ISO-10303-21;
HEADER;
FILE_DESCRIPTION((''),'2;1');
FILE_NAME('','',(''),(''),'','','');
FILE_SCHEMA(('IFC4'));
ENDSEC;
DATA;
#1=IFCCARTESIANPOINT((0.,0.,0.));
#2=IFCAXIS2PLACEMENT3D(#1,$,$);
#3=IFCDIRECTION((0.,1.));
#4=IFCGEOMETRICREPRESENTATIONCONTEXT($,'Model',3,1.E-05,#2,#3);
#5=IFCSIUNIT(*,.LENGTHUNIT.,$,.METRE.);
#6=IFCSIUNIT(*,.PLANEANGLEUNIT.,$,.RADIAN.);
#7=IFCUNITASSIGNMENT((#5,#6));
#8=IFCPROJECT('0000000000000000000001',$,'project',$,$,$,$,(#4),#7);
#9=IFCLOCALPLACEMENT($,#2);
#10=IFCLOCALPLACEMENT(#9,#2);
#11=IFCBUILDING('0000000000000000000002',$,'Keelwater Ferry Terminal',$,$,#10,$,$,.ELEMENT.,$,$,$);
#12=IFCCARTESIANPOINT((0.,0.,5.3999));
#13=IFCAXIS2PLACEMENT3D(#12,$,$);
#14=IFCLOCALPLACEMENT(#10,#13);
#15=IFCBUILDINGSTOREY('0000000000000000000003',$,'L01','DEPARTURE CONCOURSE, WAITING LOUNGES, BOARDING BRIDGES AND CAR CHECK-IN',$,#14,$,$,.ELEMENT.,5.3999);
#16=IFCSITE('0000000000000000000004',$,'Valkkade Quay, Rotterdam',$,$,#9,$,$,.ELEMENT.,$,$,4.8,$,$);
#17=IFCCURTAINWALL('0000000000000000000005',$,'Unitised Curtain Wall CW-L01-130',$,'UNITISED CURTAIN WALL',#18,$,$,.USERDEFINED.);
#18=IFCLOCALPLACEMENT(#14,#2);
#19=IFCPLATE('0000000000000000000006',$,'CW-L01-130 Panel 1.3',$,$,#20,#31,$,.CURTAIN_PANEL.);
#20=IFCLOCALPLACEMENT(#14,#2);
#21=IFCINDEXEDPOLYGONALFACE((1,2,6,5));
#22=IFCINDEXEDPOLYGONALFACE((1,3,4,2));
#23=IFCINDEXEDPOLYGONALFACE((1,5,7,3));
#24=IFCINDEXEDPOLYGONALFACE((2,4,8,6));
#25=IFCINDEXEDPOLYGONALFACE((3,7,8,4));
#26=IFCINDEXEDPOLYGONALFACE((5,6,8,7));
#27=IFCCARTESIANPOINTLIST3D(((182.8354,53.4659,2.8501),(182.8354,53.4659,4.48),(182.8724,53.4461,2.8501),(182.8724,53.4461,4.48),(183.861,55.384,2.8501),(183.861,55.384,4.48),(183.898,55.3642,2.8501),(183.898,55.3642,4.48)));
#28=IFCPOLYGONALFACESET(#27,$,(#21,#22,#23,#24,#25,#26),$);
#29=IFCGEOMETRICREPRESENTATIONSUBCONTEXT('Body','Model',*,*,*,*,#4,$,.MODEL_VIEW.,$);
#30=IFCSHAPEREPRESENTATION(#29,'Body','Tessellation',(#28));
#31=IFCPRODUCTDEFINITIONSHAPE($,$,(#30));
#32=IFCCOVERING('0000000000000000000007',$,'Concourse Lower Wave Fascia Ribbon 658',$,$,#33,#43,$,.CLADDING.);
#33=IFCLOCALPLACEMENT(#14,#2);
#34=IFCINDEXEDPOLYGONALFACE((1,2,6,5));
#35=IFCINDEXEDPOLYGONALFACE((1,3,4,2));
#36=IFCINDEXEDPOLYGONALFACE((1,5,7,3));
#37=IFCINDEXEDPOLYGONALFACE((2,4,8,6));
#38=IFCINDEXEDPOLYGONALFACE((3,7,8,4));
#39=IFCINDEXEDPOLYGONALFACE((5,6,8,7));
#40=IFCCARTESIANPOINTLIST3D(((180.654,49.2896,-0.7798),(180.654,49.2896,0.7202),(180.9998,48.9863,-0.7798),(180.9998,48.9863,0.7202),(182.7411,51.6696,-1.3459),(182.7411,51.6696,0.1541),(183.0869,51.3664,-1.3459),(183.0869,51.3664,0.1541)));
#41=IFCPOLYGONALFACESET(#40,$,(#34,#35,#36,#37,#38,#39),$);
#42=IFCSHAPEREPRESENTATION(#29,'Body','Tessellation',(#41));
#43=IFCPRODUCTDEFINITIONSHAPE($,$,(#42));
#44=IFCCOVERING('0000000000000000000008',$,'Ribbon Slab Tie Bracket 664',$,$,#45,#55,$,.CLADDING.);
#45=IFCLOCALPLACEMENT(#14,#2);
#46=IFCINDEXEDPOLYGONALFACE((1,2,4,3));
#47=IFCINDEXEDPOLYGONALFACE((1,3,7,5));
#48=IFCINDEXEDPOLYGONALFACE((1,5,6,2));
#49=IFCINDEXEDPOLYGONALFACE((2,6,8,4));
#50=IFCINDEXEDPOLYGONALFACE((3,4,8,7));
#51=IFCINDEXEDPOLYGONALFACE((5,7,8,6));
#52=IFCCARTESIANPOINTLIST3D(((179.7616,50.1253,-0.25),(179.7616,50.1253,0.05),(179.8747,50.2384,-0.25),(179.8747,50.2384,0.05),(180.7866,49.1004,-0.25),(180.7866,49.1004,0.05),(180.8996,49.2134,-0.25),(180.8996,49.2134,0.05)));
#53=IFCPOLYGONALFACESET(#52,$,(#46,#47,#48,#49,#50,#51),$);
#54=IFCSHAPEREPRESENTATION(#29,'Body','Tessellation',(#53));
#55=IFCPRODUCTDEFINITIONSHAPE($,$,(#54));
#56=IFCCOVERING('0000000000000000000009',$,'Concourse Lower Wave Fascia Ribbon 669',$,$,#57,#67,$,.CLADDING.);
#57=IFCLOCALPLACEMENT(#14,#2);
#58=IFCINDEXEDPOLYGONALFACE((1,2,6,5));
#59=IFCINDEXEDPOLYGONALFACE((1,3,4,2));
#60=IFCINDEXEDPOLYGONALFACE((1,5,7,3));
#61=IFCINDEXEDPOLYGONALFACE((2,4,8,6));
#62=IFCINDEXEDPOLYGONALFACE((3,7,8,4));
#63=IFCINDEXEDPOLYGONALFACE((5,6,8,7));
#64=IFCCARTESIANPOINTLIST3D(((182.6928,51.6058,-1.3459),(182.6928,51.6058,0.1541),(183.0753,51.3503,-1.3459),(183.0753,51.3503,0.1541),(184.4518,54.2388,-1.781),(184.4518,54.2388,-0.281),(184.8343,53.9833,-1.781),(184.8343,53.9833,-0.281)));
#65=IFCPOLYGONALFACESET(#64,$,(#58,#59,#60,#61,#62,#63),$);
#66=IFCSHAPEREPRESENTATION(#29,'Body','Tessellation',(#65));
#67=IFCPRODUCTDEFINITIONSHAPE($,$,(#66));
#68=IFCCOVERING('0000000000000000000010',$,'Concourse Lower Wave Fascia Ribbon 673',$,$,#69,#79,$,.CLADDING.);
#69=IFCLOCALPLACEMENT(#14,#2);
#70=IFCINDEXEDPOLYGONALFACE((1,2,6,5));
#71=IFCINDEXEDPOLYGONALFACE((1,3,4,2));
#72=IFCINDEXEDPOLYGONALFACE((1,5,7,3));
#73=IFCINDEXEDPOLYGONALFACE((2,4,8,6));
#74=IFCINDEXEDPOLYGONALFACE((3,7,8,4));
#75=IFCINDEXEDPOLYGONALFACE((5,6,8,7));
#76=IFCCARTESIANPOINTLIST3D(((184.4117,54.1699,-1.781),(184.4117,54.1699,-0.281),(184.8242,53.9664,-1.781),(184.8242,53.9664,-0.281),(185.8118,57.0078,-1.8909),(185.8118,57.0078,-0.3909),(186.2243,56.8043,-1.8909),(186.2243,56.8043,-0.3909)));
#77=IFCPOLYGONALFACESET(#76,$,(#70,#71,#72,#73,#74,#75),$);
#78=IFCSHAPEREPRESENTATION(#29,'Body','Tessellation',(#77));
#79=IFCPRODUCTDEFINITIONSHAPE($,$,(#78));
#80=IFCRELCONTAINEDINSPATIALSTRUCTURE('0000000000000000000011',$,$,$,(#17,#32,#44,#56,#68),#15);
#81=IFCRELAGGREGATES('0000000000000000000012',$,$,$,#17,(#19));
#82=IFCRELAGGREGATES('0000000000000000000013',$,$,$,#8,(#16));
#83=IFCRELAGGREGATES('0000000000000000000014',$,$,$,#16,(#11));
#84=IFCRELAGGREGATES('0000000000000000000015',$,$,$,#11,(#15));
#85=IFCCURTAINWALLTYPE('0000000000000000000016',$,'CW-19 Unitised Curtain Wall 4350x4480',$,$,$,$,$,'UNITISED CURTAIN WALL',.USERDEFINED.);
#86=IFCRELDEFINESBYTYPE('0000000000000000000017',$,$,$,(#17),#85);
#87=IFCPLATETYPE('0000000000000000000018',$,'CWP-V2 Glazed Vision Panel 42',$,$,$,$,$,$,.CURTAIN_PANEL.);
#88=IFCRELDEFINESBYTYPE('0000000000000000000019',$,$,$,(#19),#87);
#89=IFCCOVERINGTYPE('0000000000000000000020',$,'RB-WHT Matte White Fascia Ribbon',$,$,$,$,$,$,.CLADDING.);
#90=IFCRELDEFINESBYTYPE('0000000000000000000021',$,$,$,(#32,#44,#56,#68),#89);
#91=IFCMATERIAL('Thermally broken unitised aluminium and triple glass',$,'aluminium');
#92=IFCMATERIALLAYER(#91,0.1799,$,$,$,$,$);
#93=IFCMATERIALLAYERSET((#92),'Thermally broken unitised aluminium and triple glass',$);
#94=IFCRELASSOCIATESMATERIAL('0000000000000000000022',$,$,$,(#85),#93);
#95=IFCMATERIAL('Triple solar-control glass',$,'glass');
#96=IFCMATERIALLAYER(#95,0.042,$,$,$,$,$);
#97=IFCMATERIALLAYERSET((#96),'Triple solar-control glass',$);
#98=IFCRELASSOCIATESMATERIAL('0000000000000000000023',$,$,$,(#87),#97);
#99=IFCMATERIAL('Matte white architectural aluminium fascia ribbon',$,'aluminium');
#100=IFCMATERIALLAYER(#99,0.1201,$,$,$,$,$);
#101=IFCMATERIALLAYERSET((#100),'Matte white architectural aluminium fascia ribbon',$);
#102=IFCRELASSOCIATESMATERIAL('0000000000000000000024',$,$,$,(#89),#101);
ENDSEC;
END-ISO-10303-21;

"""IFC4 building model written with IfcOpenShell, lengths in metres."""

from ifc_helpers import new_model, si_unit, direction, frame, frame_2d, origin, origin_2d, place, context, subcontext, project, spatial, polyline, rectangle, outline, extrude, material, layer, layer_set, type_object, element, aggregate, save


model = new_model("IFC4")

# Units and contexts
model_context = context("Model", 3, precision=1e-05, world=origin(), true_north=direction((0.0, 1.0)))
body_context = subcontext(model_context, "Body", "Model", "MODEL_VIEW")
ifc_project = project(units=[si_unit("LENGTHUNIT", "METRE"), si_unit("PLANEANGLEUNIT", "RADIAN")], contexts=[model_context])

# Site, building, storey
site_placement = place(None, origin())
site = spatial("IfcSite", under=ifc_project, at=site_placement, Name="Valkkade Quay, Rotterdam", CompositionType="ELEMENT", RefElevation=4.8)
building_placement = place(site_placement, origin())
building = spatial("IfcBuilding", under=site, at=building_placement, Name="Keelwater Ferry Terminal", CompositionType="ELEMENT")
storey_placement = place(building_placement, frame((0.0, 0.0, 5.3999)))
storey = spatial("IfcBuildingStorey", under=building, at=storey_placement, Name="L01", Description="DEPARTURE CONCOURSE, WAITING LOUNGES, BOARDING BRIDGES AND CAR CHECK-IN", CompositionType="ELEMENT", Elevation=5.3999)

# Shared definitions
ifc_material_1 = material(Name="Thermally broken unitised aluminium and triple glass", Category="aluminium")
ifc_layer_1 = layer(ifc_material_1, 0.1799)
ifc_layer_set_1 = layer_set([ifc_layer_1], Name="Thermally broken unitised aluminium and triple glass")
curtain_wall_type = type_object("IfcCurtainWallType", Name="CW-19 Unitised Curtain Wall 4350x4480", ElementType="UNITISED CURTAIN WALL", PredefinedType="USERDEFINED", material=ifc_layer_set_1)

# Curtain wall
curtain_wall_1_placement = place(storey_placement, origin())
curtain_wall_1 = element("IfcCurtainWall", 1, at=curtain_wall_1_placement, inside=storey, type_object=curtain_wall_type, Name="Unitised Curtain Wall CW-L01-130", ObjectType="UNITISED CURTAIN WALL", PredefinedType="USERDEFINED")

# Plate
ifc_material_2 = material(Name="Triple solar-control glass", Category="glass")
ifc_layer_2 = layer(ifc_material_2, 0.042)
ifc_layer_set_2 = layer_set([ifc_layer_2], Name="Triple solar-control glass")
plate_type_1 = type_object("IfcPlateType", Name="CWP-V2 Glazed Vision Panel 42", PredefinedType="CURTAIN_PANEL", material=ifc_layer_set_2)
plate_1_placement = place(storey_placement, frame((183.3667, 54.415, 2.8501), z_axis=(0.0, 0.0, 1.0), x_axis=(0.471507, 0.881862, 0.0)))
plate_1 = element("IfcPlate", 2, at=plate_1_placement, type_object=plate_type_1, Name="CW-L01-130 Panel 1.3", PredefinedType="CURTAIN_PANEL", context=body_context, shape_type="SweptSolid", body=[
    extrude(rectangle(XDim=2.175, YDim=0.042, at=origin_2d()), origin(), (0.0, 0.0, 1.0), 1.6299),
])
aggregate(curtain_wall_1, [plate_1])

# Coverings
ifc_material_3 = material(Name="Matte white architectural aluminium fascia ribbon", Category="aluminium")
ifc_layer_3 = layer(ifc_material_3, 0.1201)
ifc_layer_set_3 = layer_set([ifc_layer_3], Name="Matte white architectural aluminium fascia ribbon")
covering_type = type_object("IfcCoveringType", Name="RB-WHT Matte White Fascia Ribbon", PredefinedType="CLADDING", material=ifc_layer_set_3)
covering_1_placement = place(storey_placement, frame((180.8269, 49.1379, -1.3459), z_axis=(0.0, 0.0, 1.0), x_axis=(0.659318, 0.751864, 0.0)))
element("IfcCovering", 3, at=covering_1_placement, inside=storey, type_object=covering_type, Name="Concourse Lower Wave Fascia Ribbon 658", PredefinedType="CLADDING", context=body_context, shape_type="SweptSolid", body=[
    extrude(outline(polyline([(0.0, 0.5662), (3.1655, 0.0), (3.1655, 1.5), (0.0, 2.0662), (0.0, 0.5662)])), frame((0.0, 0.23, 0.0), z_axis=(0.0, -1.0, 0.0), x_axis=(1.0, 0.0, 0.0)), (0.0, 0.0, 1.0), 0.46),
])
covering_2_placement = place(storey_placement, frame((180.843, 49.157, -0.25), z_axis=(0.0, 0.0, 1.0), x_axis=(-0.707107, 0.707107, 0.0)))
element("IfcCovering", 4, at=covering_2_placement, inside=storey, type_object=covering_type, Name="Ribbon Slab Tie Bracket 664", PredefinedType="CLADDING", context=body_context, shape_type="SweptSolid", body=[
    extrude(rectangle(XDim=1.4495, YDim=0.1599, at=frame_2d((0.7246, 0.0))), origin(), (0.0, 0.0, 1.0), 0.3),
])
covering_3_placement = place(storey_placement, frame((182.884, 51.478, -1.781), z_axis=(0.0, 0.0, 1.0), x_axis=(0.555501, 0.831516, 0.0)))
element("IfcCovering", 5, at=covering_3_placement, inside=storey, type_object=covering_type, Name="Concourse Lower Wave Fascia Ribbon 669", PredefinedType="CLADDING", context=body_context, shape_type="SweptSolid", body=[
    extrude(outline(polyline([(0.0, 0.4351), (3.1665, 0.0), (3.1665, 1.5), (0.0, 1.9351), (0.0, 0.4351)])), frame((0.0, 0.23, 0.0), z_axis=(0.0, -1.0, 0.0), x_axis=(1.0, 0.0, 0.0)), (0.0, 0.0, 1.0), 0.46),
])
covering_4_placement = place(storey_placement, frame((184.6179, 54.0681, -1.8909), z_axis=(0.0, 0.0, 1.0), x_axis=(0.442455, 0.896791, 0.0)))
element("IfcCovering", 6, at=covering_4_placement, inside=storey, type_object=covering_type, Name="Concourse Lower Wave Fascia Ribbon 673", PredefinedType="CLADDING", context=body_context, shape_type="SweptSolid", body=[
    extrude(outline(polyline([(0.0, 0.1099), (3.1646, 0.0), (3.1646, 1.5), (0.0, 1.6099), (0.0, 0.1099)])), frame((0.0, 0.23, 0.0), z_axis=(0.0, -1.0, 0.0), x_axis=(1.0, 0.0, 0.0)), (0.0, 0.0, 1.0), 0.46),
])

save(model, "model.ifc")
